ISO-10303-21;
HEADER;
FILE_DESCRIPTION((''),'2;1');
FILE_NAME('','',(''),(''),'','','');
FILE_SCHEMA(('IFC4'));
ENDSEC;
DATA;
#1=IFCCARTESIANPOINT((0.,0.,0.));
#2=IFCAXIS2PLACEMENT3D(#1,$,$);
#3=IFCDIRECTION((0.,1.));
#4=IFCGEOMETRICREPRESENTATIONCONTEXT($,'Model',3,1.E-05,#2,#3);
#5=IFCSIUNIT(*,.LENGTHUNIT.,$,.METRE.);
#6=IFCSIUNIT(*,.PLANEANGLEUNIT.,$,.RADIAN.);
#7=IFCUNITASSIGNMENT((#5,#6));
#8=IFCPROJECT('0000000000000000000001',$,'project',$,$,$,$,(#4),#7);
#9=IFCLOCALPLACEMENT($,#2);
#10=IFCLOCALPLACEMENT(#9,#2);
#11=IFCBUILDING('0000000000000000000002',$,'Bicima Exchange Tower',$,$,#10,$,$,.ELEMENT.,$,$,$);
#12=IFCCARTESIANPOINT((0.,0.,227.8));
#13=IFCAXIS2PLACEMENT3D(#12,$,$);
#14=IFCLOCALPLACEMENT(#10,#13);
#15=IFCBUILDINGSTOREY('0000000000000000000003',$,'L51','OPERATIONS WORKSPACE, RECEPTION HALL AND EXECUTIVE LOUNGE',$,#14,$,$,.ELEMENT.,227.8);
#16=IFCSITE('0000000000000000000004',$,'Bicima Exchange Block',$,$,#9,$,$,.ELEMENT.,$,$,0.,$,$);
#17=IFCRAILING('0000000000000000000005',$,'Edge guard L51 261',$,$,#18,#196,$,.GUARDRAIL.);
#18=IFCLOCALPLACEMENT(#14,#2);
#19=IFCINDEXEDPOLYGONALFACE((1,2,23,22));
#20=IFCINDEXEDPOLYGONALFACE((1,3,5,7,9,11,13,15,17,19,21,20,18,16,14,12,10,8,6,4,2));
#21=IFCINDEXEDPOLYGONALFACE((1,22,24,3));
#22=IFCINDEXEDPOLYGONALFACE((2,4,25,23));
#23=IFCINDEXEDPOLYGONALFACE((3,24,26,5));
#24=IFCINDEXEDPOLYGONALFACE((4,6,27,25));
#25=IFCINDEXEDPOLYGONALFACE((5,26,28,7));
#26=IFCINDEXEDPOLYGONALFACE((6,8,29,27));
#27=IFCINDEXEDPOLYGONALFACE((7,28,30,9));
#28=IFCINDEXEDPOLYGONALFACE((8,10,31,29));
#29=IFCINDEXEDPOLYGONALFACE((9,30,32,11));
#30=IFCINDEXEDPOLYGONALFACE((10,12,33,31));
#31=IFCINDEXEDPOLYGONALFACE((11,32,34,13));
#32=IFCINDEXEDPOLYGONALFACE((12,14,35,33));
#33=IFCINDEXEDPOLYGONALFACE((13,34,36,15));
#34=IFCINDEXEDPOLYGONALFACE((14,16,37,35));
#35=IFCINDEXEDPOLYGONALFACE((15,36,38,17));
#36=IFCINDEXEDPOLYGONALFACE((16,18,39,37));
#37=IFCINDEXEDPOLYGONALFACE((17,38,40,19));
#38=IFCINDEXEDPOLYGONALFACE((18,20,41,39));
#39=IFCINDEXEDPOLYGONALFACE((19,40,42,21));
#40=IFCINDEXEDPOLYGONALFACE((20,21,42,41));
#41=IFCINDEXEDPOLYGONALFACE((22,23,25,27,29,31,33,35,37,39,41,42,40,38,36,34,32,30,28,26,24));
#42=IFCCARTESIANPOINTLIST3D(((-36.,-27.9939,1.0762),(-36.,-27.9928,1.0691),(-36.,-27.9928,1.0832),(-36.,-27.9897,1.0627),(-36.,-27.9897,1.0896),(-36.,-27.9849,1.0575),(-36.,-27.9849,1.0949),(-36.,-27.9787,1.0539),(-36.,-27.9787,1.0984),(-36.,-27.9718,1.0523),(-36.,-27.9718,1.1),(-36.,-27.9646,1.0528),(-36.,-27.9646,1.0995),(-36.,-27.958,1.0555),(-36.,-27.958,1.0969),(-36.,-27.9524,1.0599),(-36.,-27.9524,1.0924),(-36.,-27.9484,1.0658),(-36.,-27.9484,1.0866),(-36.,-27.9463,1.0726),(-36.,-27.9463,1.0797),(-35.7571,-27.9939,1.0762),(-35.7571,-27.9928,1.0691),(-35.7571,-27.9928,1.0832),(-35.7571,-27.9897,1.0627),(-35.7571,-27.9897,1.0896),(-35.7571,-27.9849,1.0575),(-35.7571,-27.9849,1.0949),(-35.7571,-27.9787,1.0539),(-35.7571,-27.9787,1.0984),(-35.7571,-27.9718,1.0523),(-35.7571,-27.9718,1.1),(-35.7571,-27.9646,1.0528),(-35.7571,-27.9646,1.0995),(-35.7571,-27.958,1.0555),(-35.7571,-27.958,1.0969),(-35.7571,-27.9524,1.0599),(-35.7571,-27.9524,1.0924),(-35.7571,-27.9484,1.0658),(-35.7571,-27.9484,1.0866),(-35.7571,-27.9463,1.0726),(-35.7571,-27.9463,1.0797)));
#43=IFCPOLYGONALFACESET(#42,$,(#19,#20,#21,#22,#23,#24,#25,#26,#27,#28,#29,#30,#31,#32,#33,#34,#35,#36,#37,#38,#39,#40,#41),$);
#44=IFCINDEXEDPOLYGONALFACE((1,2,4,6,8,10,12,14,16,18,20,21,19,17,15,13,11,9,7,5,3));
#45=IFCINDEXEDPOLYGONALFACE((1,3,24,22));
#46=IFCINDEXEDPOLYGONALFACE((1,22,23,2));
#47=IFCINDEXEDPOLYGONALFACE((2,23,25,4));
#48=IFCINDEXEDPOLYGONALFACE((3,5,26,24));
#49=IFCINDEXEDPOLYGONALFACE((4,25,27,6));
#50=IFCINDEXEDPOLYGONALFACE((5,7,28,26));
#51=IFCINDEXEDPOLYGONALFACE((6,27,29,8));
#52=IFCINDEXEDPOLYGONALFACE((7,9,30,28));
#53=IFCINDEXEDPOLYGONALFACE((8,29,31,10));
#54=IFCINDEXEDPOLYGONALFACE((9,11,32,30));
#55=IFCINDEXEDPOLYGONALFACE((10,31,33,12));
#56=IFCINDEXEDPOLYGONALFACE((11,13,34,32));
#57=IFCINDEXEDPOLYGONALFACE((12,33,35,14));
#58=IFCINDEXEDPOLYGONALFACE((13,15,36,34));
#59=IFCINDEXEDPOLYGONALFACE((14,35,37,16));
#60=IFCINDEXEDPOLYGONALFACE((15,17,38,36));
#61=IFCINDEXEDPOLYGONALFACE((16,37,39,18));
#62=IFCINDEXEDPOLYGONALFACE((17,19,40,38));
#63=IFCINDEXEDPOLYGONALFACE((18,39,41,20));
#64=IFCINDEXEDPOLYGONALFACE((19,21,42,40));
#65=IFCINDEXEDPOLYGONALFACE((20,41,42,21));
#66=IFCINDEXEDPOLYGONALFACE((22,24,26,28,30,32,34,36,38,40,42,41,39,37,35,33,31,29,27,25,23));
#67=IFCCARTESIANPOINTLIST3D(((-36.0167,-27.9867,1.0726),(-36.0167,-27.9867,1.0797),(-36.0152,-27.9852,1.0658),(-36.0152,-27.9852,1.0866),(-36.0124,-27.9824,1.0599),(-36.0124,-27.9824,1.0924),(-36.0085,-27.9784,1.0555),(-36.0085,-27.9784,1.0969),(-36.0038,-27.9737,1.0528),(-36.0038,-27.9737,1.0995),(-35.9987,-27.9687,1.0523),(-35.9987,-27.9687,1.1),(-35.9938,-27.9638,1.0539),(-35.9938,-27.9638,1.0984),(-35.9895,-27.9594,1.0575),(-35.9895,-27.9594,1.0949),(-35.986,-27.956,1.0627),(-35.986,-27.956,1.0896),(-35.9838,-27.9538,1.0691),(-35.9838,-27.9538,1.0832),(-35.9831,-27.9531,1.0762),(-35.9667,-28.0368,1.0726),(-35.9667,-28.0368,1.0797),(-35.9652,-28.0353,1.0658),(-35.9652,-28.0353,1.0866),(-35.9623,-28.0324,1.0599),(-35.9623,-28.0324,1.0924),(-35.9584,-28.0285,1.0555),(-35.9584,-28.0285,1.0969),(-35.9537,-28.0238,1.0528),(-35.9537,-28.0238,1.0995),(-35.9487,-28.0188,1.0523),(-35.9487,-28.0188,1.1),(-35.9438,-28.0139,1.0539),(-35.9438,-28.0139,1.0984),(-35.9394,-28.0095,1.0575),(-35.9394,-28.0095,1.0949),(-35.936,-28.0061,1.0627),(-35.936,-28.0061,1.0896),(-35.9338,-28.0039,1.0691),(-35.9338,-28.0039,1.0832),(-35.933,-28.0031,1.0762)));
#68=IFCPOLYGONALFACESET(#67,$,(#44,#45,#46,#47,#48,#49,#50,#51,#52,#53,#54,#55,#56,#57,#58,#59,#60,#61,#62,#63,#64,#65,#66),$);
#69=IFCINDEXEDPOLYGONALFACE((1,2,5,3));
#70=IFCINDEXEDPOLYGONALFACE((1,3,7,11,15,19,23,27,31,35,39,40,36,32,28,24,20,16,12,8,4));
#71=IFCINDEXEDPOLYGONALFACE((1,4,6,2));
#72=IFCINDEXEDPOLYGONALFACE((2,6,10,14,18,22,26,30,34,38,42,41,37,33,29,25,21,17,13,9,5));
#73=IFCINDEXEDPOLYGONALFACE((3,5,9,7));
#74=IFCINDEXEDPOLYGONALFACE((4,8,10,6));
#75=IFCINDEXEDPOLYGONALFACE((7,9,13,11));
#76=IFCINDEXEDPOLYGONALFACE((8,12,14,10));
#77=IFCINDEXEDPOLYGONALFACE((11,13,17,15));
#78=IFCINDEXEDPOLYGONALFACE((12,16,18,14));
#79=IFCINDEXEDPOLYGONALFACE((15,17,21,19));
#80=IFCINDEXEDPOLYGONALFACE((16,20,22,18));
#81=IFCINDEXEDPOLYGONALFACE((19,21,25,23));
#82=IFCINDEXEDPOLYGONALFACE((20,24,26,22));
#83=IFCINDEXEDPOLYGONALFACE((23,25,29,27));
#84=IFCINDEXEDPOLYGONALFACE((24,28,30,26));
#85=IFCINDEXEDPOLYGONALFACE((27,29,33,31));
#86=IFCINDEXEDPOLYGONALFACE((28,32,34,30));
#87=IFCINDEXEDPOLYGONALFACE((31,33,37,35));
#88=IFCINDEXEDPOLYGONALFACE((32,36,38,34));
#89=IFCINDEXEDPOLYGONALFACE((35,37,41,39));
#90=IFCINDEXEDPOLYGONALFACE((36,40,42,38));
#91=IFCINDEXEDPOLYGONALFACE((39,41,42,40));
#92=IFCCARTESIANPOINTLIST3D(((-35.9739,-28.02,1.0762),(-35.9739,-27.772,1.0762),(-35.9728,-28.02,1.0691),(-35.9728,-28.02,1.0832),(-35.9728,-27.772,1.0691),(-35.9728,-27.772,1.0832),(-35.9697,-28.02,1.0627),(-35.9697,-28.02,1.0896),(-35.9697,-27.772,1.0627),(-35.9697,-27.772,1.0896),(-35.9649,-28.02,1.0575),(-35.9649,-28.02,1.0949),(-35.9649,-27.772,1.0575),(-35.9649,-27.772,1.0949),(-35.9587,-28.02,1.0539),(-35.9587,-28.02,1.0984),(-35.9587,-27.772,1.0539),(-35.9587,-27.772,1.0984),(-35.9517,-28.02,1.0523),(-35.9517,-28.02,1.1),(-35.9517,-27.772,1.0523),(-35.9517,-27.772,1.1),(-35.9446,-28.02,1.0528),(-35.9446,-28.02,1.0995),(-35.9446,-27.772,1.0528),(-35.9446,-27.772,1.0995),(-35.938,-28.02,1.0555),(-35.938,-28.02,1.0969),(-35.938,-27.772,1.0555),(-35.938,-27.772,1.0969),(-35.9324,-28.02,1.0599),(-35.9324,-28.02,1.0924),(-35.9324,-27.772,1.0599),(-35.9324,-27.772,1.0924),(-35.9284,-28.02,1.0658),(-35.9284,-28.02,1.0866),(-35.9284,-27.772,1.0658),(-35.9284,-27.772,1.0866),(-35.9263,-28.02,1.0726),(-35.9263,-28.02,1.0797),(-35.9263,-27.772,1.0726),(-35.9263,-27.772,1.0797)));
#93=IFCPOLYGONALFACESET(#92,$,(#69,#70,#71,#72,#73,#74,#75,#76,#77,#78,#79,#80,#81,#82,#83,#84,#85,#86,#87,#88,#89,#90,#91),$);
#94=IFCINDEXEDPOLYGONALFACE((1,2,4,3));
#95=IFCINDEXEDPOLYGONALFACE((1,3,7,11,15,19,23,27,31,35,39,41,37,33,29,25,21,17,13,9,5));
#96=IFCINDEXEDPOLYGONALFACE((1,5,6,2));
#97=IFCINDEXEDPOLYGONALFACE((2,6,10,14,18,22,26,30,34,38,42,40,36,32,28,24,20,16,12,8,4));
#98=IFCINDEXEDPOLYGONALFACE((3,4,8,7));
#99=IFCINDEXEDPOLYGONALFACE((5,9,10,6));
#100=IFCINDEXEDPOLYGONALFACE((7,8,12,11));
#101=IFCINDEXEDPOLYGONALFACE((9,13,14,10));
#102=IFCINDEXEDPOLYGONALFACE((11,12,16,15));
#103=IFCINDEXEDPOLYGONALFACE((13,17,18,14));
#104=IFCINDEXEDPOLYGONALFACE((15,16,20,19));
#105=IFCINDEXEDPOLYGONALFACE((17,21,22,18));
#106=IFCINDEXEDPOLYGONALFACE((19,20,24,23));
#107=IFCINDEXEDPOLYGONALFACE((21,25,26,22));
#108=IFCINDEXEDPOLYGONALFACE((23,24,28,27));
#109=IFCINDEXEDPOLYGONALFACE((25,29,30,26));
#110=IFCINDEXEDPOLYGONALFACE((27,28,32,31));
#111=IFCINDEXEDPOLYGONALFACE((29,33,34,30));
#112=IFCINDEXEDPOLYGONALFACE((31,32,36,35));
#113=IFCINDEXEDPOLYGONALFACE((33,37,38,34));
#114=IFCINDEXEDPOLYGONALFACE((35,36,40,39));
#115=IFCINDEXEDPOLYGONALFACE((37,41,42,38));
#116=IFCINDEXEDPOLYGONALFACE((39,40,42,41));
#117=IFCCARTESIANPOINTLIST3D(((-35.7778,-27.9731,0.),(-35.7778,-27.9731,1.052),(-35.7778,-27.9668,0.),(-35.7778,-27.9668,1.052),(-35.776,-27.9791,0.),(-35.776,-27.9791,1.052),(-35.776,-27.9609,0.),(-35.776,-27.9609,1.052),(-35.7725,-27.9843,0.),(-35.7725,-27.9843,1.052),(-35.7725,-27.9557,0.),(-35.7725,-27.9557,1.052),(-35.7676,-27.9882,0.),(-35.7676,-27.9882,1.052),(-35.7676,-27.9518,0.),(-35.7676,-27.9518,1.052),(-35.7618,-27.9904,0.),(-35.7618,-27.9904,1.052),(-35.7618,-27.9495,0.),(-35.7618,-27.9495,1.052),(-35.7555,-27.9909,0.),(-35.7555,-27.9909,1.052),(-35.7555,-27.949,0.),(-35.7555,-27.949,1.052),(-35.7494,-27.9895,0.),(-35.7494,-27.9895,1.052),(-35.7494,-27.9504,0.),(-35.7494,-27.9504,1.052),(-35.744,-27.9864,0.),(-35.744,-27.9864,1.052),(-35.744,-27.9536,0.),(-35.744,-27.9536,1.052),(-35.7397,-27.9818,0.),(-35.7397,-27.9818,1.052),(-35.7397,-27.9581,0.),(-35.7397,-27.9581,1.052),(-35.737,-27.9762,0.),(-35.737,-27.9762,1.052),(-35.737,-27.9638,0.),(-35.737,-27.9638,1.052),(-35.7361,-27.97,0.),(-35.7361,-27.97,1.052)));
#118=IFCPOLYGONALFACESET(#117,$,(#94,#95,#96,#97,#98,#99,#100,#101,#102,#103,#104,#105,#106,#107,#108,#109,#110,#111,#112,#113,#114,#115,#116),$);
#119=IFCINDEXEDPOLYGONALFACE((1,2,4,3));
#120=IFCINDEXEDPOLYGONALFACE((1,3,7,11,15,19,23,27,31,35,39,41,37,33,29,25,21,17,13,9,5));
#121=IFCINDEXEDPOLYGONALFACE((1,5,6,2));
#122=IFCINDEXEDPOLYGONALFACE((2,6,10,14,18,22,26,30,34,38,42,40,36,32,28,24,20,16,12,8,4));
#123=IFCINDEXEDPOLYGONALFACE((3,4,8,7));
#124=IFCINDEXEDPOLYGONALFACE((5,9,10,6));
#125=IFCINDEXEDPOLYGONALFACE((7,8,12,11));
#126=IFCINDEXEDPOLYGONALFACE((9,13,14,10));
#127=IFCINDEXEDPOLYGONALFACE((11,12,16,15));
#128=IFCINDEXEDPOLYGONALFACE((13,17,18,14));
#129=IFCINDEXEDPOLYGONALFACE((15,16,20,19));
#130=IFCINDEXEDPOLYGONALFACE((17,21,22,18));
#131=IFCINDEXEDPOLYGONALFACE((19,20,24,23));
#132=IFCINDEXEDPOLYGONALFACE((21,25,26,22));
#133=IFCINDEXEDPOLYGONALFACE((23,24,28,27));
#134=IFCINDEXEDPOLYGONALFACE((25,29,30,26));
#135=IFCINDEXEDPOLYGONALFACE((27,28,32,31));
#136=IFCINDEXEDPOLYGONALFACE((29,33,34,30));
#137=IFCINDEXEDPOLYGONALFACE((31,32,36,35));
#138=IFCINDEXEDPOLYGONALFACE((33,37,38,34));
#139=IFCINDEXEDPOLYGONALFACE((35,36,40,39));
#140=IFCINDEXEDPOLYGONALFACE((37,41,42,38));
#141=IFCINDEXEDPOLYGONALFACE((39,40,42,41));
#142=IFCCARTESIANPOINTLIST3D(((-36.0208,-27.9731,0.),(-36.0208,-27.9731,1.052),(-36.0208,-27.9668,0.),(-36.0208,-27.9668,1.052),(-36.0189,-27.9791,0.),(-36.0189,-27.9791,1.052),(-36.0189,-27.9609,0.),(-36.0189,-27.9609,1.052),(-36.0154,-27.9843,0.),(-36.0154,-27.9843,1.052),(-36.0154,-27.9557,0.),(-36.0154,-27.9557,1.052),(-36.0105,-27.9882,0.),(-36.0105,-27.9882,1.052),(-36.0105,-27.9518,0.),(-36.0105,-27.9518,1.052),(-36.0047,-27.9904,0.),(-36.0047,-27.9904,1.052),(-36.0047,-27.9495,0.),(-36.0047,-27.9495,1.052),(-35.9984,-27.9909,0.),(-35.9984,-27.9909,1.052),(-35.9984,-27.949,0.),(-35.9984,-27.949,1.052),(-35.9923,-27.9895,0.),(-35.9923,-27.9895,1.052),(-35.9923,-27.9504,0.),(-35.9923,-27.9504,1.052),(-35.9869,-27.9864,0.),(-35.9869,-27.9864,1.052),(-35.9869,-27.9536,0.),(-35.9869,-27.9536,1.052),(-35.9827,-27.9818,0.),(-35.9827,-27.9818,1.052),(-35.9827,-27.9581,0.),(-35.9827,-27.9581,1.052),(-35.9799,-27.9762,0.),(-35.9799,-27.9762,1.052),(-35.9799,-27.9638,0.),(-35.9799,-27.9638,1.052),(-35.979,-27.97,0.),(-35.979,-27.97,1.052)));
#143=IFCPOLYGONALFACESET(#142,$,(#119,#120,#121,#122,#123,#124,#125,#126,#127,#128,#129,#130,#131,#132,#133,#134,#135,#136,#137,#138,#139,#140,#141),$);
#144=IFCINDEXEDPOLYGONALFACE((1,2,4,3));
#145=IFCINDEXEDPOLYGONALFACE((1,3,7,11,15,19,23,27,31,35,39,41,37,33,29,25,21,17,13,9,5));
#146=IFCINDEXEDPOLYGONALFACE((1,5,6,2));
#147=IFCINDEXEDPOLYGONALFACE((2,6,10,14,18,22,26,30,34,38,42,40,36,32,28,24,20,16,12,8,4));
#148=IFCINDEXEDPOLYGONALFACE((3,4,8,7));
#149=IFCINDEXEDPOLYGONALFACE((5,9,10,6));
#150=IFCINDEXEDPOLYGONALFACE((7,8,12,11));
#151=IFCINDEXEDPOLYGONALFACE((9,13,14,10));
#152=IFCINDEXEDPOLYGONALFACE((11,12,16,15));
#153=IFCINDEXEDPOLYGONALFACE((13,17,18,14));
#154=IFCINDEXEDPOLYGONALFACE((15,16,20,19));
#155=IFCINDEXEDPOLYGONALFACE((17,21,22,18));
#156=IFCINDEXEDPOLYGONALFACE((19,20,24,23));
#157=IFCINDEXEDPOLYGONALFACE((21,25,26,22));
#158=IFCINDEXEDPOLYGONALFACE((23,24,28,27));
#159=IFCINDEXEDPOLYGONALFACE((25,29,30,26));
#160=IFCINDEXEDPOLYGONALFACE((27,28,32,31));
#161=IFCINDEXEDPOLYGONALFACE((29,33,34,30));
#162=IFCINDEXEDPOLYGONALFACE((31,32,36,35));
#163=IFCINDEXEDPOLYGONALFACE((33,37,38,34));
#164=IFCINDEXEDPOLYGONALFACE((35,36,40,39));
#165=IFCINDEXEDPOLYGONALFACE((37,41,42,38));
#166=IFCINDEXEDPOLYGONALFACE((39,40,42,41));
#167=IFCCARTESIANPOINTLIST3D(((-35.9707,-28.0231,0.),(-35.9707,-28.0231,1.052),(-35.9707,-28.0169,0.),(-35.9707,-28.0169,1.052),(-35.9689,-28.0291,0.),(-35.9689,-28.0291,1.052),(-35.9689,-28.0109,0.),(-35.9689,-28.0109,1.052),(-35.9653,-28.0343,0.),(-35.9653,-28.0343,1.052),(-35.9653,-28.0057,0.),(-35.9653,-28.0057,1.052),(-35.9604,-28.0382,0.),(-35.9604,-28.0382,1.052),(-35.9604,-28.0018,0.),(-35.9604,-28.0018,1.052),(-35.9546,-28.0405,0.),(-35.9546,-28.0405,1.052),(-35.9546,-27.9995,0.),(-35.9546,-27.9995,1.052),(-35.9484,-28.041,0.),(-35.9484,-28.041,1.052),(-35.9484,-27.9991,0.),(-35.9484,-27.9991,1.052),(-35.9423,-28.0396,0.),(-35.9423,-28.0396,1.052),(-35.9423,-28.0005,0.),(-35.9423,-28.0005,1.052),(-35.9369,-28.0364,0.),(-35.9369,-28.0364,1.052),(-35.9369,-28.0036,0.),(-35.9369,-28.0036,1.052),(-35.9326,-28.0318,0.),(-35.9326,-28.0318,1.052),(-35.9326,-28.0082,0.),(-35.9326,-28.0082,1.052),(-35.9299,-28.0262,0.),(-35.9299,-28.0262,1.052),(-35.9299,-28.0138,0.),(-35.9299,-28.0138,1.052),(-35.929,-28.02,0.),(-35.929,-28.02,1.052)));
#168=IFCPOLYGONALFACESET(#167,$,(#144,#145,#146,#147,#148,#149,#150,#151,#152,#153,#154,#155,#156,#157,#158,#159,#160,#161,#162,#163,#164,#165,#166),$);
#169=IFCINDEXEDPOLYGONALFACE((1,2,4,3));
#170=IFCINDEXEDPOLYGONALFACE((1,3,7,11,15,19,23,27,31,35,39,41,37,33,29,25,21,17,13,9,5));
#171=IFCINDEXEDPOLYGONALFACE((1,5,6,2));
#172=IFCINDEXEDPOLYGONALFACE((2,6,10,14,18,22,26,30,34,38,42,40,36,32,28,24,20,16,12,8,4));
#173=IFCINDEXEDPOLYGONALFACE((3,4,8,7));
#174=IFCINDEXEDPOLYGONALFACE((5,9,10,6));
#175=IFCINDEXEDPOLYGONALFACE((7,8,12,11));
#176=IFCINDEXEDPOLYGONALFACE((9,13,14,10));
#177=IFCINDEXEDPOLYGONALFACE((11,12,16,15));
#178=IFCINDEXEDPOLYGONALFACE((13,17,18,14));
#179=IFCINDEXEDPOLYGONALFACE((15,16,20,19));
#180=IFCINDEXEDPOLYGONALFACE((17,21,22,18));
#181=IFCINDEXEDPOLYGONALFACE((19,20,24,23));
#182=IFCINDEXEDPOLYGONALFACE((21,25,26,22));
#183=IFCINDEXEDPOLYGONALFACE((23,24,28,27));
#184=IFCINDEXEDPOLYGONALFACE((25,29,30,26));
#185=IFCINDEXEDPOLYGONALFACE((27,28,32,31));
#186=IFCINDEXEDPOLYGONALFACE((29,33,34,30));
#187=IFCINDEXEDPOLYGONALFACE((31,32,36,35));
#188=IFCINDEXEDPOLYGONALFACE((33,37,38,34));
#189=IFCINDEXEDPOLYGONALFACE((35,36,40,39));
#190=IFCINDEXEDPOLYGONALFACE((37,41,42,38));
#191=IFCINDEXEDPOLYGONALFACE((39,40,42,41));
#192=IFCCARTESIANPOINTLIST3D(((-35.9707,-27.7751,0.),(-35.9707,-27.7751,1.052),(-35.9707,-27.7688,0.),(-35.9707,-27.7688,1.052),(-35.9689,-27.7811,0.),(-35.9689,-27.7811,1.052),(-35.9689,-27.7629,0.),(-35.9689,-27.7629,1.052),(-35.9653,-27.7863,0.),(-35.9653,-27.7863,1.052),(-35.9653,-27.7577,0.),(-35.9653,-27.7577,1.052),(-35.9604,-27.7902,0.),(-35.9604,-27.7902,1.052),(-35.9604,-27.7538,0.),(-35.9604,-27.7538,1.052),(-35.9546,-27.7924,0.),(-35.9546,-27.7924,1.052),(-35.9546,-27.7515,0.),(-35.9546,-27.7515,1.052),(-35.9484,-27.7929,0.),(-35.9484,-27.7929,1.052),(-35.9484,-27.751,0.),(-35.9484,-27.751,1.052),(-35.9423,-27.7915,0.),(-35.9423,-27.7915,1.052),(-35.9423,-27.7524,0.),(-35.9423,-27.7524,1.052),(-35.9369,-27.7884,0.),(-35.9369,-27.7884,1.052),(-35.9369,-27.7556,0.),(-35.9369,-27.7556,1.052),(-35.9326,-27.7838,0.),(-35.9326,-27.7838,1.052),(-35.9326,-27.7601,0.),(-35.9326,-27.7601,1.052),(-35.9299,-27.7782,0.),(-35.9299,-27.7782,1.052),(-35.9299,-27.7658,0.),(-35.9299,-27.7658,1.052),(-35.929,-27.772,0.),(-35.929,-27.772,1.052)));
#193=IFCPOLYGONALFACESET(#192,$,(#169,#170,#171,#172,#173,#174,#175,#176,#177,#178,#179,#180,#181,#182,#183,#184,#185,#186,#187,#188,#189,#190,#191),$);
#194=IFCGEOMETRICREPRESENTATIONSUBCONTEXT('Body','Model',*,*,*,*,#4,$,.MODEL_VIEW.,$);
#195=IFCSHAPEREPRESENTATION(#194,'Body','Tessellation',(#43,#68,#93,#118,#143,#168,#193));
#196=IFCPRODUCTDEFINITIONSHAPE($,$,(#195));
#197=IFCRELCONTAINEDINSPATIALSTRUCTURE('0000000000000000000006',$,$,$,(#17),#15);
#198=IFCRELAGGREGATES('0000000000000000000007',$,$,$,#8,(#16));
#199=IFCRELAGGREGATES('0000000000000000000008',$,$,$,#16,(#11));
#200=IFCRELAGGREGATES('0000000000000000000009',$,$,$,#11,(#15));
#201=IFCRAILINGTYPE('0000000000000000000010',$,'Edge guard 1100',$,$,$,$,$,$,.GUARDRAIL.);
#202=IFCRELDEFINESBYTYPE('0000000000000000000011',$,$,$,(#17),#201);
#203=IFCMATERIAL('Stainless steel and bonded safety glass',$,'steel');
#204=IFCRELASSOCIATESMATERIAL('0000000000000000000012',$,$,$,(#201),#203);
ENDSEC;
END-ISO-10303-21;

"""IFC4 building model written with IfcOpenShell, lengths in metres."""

from ifc_helpers import new_model, si_unit, direction, frame, origin, origin_2d, place, context, subcontext, project, spatial, circle, extrude, material, type_object, element, save


model = new_model("IFC4")

# Units and contexts
model_context = context("Model", 3, precision=1e-05, world=origin(), true_north=direction((0.0, 1.0)))
body_context = subcontext(model_context, "Body", "Model", "MODEL_VIEW")
ifc_project = project(units=[si_unit("LENGTHUNIT", "METRE"), si_unit("PLANEANGLEUNIT", "RADIAN")], contexts=[model_context])

# Site, building, storey
site_placement = place(None, origin())
site = spatial("IfcSite", under=ifc_project, at=site_placement, Name="Bicima Exchange Block", CompositionType="ELEMENT", RefElevation=0.0)
building_placement = place(site_placement, origin())
building = spatial("IfcBuilding", under=site, at=building_placement, Name="Bicima Exchange Tower", CompositionType="ELEMENT")
storey_placement = place(building_placement, frame((0.0, 0.0, 227.8)))
storey = spatial("IfcBuildingStorey", under=building, at=storey_placement, Name="L51", Description="OPERATIONS WORKSPACE, RECEPTION HALL AND EXECUTIVE LOUNGE", CompositionType="ELEMENT", Elevation=227.8)

# Railing
ifc_material_1 = material(Name="Stainless steel and bonded safety glass", Category="steel")
railing_type = type_object("IfcRailingType", Name="Edge guard 1100", PredefinedType="GUARDRAIL", material=ifc_material_1)
railing_1_placement = place(storey_placement, frame((-35.7571, -27.97, 0.0)))
element("IfcRailing", 1, at=railing_1_placement, inside=storey, type_object=railing_type, Name="Edge guard L51 261", PredefinedType="GUARDRAIL", context=body_context, shape_type="SweptSolid", body=[
    extrude(circle(Radius=0.0239, at=origin_2d()), frame((0.0, 0.0, 1.0762), z_axis=(-1.0, 0.0, 0.0), x_axis=(0.0, -1.0, 0.0)), (0.0, 0.0, 1.0), 0.2429),
    extrude(circle(Radius=0.0239, at=origin_2d()), frame((-0.2429, 0.0, 1.0762), z_axis=(0.707107, -0.707107, 0.0), x_axis=(0.707107, 0.707107, 0.0)), (0.0, 0.0, 1.0), 0.0708),
    extrude(circle(Radius=0.0239, at=origin_2d()), frame((-0.1929, -0.05, 1.0762), z_axis=(0.0, 1.0, 0.0), x_axis=(-1.0, 0.0, 0.0)), (0.0, 0.0, 1.0), 0.248),
    extrude(circle(Radius=0.021, at=origin_2d()), origin(), (0.0, 0.0, 1.0), 1.052),
    extrude(circle(Radius=0.021, at=origin_2d()), frame((-0.2429, 0.0, 0.0)), (0.0, 0.0, 1.0), 1.052),
    extrude(circle(Radius=0.021, at=origin_2d()), frame((-0.1929, -0.05, 0.0)), (0.0, 0.0, 1.0), 1.052),
    extrude(circle(Radius=0.021, at=origin_2d()), frame((-0.1929, 0.198, 0.0)), (0.0, 0.0, 1.0), 1.052),
])

save(model, "model.ifc")
